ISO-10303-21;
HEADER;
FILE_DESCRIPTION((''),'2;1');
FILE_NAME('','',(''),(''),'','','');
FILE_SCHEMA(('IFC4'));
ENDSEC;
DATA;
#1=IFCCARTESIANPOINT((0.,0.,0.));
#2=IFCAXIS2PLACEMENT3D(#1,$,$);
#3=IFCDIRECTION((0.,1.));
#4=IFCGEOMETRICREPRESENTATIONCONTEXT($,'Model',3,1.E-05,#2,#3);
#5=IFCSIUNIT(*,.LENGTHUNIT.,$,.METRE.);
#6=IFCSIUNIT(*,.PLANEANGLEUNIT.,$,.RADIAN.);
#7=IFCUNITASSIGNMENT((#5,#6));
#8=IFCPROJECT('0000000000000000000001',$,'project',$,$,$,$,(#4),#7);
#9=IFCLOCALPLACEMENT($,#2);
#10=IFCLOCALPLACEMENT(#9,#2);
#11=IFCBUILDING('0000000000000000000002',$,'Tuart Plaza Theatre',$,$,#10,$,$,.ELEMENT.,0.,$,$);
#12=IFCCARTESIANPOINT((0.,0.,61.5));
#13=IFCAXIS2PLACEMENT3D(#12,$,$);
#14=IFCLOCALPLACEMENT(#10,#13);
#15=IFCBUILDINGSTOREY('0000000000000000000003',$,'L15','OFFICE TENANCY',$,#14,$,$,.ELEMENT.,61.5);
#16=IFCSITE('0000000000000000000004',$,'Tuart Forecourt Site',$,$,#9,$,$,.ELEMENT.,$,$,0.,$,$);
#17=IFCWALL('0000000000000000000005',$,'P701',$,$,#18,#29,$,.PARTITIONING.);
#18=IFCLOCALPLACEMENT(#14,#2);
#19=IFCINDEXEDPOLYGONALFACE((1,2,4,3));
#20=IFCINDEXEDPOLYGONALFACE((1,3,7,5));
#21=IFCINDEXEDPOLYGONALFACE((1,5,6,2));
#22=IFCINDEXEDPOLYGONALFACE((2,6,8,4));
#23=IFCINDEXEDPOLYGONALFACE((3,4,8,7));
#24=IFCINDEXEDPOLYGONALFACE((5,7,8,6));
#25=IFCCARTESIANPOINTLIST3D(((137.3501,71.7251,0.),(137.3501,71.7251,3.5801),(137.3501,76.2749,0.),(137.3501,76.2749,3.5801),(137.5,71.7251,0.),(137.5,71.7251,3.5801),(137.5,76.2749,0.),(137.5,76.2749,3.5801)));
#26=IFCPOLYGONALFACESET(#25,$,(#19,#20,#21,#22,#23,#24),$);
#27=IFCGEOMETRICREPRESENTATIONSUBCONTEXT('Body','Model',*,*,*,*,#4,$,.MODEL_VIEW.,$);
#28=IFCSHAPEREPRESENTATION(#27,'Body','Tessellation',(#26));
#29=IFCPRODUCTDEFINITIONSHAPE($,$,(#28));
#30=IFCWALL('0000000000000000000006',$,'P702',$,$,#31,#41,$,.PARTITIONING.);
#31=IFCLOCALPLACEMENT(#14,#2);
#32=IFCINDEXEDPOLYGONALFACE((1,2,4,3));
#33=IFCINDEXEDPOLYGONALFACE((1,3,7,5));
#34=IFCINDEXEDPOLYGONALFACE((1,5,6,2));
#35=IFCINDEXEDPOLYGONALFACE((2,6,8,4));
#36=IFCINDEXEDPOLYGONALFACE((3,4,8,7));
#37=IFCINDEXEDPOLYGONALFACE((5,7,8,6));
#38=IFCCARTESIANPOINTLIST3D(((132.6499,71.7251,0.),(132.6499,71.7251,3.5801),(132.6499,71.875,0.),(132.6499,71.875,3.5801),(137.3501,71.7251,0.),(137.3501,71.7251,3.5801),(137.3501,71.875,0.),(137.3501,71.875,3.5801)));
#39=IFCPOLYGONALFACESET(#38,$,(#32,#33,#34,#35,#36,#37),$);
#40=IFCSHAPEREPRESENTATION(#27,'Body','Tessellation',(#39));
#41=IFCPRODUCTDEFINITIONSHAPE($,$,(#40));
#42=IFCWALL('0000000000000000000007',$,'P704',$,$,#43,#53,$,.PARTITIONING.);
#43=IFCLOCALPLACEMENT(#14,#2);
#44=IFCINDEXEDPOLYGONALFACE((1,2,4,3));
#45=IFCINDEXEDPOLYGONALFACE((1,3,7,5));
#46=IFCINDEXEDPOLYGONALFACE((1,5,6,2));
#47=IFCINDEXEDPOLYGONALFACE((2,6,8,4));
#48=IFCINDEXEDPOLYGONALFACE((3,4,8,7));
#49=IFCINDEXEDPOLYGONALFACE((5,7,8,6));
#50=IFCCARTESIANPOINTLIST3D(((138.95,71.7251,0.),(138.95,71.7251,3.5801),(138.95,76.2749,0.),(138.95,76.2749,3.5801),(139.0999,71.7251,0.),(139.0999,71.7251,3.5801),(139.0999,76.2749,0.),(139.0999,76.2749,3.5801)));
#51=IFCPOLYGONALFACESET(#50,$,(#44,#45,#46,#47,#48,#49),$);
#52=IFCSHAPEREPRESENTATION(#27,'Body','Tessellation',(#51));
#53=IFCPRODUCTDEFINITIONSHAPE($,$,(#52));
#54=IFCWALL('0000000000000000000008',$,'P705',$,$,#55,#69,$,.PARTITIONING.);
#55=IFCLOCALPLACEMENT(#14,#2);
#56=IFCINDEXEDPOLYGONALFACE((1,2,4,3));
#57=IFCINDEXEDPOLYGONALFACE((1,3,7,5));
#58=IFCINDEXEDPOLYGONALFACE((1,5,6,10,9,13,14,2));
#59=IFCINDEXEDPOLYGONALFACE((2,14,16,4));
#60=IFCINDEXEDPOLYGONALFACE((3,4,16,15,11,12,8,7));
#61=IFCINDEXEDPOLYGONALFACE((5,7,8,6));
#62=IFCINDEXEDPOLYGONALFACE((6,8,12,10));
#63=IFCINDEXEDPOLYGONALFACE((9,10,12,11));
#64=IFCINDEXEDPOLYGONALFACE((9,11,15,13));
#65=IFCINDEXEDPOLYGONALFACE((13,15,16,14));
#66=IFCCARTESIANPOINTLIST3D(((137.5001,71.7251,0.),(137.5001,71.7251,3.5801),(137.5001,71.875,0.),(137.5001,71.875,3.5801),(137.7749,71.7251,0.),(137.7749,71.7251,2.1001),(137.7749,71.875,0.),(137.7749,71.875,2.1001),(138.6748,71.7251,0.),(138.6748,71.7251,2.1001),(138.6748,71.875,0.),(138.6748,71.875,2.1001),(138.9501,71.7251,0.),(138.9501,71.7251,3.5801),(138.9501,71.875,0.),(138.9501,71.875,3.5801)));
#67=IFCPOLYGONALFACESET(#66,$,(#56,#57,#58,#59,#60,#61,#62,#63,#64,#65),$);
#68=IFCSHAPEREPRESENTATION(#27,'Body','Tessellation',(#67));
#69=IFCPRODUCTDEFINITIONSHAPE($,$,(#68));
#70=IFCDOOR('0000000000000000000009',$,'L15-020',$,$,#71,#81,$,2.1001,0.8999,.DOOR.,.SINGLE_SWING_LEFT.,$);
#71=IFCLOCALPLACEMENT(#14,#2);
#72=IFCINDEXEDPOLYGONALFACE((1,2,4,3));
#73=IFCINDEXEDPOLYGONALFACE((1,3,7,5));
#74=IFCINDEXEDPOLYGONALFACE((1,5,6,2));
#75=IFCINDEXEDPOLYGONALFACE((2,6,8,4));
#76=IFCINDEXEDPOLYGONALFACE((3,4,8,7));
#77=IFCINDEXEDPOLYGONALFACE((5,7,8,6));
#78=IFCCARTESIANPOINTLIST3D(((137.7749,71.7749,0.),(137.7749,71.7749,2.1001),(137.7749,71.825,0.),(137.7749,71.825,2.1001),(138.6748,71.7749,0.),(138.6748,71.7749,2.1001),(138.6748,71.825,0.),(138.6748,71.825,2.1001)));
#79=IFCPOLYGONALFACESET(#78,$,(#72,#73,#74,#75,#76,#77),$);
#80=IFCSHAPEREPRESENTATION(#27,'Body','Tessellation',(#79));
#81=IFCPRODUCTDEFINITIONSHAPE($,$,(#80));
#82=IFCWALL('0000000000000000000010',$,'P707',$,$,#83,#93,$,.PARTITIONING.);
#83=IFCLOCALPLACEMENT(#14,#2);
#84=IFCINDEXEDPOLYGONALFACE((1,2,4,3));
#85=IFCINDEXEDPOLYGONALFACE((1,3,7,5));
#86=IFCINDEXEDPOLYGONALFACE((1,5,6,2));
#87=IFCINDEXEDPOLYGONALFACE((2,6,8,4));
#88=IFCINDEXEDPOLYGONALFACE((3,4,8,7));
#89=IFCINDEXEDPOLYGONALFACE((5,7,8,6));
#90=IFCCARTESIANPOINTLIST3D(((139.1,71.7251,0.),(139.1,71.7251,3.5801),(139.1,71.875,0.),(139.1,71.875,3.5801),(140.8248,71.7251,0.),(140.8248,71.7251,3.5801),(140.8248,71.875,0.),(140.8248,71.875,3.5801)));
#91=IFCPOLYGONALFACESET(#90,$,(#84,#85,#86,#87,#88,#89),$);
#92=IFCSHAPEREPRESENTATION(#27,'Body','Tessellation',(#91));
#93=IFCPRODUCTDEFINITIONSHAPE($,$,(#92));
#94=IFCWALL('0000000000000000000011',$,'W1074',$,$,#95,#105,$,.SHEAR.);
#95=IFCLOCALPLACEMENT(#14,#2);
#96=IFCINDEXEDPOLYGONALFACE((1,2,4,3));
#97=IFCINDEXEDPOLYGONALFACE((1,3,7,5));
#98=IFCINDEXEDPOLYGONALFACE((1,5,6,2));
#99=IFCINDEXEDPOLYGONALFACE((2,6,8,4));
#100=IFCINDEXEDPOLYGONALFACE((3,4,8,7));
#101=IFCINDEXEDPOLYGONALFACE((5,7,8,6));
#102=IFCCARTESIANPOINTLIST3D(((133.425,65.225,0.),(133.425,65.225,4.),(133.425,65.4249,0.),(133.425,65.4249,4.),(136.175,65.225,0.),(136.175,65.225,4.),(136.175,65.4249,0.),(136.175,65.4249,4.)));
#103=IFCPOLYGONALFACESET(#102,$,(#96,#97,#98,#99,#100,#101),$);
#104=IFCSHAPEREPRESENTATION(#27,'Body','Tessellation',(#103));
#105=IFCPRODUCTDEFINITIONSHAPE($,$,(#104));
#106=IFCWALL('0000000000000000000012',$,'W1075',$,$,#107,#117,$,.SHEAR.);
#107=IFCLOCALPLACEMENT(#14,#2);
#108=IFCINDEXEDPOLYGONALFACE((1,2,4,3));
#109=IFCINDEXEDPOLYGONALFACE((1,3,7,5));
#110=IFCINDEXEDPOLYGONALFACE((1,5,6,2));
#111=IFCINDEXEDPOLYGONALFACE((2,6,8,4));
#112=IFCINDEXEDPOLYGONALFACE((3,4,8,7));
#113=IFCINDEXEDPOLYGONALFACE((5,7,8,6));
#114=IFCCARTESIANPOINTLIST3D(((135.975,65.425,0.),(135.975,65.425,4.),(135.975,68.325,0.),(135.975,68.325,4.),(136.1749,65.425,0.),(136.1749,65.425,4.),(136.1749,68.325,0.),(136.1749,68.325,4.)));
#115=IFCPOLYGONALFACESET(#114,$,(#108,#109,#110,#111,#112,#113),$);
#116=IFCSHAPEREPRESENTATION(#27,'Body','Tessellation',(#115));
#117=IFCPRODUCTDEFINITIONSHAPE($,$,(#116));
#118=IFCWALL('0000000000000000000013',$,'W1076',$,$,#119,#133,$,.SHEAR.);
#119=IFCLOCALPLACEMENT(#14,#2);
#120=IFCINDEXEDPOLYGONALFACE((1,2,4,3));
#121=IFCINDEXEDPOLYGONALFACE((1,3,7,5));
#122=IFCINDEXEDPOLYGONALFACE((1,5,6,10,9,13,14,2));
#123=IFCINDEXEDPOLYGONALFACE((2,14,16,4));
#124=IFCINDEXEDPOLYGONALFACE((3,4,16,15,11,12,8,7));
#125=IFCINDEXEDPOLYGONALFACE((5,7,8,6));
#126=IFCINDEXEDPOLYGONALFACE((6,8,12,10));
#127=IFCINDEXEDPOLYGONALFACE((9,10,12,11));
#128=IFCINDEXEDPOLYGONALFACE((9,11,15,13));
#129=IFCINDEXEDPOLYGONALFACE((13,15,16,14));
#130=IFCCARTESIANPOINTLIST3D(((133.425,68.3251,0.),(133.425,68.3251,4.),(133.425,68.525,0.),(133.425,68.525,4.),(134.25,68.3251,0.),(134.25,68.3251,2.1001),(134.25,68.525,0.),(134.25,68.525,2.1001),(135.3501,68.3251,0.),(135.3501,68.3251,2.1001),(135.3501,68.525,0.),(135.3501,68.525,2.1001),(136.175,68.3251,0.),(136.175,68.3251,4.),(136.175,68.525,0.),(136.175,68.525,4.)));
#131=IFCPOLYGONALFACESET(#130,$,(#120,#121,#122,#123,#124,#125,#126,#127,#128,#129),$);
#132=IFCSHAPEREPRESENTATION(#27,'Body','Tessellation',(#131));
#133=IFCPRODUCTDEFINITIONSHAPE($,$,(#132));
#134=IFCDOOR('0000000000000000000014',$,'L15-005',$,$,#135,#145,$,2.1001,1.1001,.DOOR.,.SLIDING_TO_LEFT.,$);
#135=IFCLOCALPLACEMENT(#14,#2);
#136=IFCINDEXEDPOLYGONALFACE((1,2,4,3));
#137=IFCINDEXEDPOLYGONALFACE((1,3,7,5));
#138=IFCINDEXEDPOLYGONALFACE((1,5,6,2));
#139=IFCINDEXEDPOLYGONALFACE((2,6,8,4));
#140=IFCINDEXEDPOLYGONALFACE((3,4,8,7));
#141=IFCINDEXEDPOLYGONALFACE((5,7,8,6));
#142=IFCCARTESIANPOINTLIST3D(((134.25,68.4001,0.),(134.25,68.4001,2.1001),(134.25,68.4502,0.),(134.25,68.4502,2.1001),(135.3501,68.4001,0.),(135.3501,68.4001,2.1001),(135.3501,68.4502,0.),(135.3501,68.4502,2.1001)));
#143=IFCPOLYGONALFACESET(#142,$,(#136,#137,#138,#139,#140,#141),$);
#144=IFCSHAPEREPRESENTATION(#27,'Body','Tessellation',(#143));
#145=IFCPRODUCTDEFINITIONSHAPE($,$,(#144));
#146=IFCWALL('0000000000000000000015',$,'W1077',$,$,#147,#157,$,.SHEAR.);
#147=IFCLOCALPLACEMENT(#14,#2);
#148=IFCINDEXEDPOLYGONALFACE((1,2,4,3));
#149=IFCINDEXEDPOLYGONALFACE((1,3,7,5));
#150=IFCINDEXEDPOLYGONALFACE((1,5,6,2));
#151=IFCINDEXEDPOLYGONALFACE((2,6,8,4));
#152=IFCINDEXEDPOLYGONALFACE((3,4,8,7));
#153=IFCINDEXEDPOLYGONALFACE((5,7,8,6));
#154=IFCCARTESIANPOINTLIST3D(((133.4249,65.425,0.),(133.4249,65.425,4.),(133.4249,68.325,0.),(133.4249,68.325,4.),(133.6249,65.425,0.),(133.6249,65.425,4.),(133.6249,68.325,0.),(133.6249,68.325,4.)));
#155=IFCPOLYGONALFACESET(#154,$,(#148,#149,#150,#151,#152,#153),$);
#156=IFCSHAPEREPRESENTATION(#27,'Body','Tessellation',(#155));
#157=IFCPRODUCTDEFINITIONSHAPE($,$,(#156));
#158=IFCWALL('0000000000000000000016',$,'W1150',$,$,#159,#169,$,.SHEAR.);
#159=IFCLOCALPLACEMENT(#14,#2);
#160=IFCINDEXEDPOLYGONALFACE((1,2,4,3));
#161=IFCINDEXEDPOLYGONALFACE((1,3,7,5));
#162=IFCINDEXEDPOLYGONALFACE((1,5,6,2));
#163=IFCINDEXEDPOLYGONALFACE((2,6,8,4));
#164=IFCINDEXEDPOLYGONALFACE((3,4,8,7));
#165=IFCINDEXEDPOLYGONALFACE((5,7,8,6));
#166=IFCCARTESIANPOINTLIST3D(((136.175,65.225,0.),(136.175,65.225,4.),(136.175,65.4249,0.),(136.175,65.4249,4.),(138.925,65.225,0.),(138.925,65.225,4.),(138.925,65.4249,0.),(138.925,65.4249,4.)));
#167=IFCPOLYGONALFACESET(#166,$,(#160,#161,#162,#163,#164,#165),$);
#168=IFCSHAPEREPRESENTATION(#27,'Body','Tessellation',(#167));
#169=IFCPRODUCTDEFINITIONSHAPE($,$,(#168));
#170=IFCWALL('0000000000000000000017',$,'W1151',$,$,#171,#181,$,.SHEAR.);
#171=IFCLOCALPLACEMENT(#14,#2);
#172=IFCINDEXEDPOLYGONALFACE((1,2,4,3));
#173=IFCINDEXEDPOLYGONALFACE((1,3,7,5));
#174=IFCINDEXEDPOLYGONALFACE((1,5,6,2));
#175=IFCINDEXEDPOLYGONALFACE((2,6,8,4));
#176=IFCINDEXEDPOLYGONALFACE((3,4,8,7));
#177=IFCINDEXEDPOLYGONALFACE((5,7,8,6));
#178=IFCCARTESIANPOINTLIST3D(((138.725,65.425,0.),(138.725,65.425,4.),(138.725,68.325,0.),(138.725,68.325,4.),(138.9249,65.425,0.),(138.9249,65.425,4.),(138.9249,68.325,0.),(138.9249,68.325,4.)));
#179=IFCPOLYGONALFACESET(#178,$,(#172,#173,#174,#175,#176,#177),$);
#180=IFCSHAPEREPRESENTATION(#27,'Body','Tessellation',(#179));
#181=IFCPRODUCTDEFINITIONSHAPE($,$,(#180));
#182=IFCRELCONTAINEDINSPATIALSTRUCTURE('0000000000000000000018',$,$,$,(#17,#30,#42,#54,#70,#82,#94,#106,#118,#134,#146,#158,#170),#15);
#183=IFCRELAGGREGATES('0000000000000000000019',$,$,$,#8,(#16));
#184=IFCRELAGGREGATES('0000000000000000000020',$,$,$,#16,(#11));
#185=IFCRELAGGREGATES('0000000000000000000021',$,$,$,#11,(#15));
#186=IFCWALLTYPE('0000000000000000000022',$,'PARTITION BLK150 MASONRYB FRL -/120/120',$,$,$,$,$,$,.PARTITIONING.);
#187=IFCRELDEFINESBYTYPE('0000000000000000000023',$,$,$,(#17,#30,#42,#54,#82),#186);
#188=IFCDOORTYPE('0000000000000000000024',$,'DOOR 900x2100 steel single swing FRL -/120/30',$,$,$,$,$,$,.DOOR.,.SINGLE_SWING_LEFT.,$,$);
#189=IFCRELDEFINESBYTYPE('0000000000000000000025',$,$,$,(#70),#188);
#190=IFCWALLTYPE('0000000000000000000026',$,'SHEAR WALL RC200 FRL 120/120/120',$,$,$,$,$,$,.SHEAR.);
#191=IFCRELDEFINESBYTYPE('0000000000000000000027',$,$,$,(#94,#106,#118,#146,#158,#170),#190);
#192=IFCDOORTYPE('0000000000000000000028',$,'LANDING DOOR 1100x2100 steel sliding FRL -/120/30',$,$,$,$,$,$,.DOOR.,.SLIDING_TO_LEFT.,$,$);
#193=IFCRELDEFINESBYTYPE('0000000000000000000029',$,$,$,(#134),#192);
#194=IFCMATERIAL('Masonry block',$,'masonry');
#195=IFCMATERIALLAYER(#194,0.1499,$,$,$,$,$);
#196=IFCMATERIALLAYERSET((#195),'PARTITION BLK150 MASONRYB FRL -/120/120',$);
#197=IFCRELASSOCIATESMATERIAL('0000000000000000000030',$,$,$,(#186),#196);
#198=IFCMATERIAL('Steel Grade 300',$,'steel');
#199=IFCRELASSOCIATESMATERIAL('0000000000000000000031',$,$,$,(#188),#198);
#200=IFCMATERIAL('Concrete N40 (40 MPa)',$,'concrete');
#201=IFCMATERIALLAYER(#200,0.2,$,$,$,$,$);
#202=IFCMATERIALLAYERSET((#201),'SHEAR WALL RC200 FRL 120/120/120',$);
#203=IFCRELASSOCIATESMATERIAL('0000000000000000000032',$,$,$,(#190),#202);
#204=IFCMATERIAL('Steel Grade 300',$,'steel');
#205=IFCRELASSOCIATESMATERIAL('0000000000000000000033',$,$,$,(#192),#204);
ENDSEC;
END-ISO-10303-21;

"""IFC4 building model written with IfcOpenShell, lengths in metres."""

from ifc_helpers import new_model, si_unit, direction, frame, frame_2d, origin, place, context, subcontext, project, spatial, rectangle, extrude, material, layer, layer_set, type_object, element, fill, save


model = new_model("IFC4")

# Units and contexts
model_context = context("Model", 3, precision=1e-05, world=origin(), true_north=direction((0.0, 1.0)))
body_context = subcontext(model_context, "Body", "Model", "MODEL_VIEW")
ifc_project = project(units=[si_unit("LENGTHUNIT", "METRE"), si_unit("PLANEANGLEUNIT", "RADIAN")], contexts=[model_context])

# Site, building, storey
site_placement = place(None, origin())
site = spatial("IfcSite", under=ifc_project, at=site_placement, Name="Tuart Forecourt Site", CompositionType="ELEMENT", RefElevation=0.0)
building_placement = place(site_placement, origin())
building = spatial("IfcBuilding", under=site, at=building_placement, Name="Tuart Plaza Theatre", CompositionType="ELEMENT", ElevationOfRefHeight=0.0)
storey_placement = place(building_placement, frame((0.0, 0.0, 61.5)))
storey = spatial("IfcBuildingStorey", under=building, at=storey_placement, Name="L15", Description="OFFICE TENANCY", CompositionType="ELEMENT", Elevation=61.5)

# Walls
ifc_material_1 = material(Name="Masonry block", Category="masonry")
ifc_layer_1 = layer(ifc_material_1, 0.1499)
ifc_layer_set_1 = layer_set([ifc_layer_1], Name="PARTITION BLK150 MASONRYB FRL -/120/120")
wall_type_1 = type_object("IfcWallType", Name="PARTITION BLK150 MASONRYB FRL -/120/120", PredefinedType="PARTITIONING", material=ifc_layer_set_1)
for number, where, z_axis, x_axis, name in (
    (1, (137.425, 71.7251, 0.0), (0.0, 0.0, 1.0), (0.0, 1.0, 0.0), "P701"),
):
    element("IfcWall", number, at=place(storey_placement, frame(where, z_axis=z_axis, x_axis=x_axis)), inside=storey, type_object=wall_type_1, Name=name, PredefinedType="PARTITIONING", context=body_context, shape_type="SweptSolid", body=[
        extrude(rectangle(XDim=4.5498, YDim=0.1499, at=frame_2d((2.2749, 0.0))), origin(), (0.0, 0.0, 1.0), 3.5801),
    ])
wall_1_placement = place(storey_placement, frame((132.6499, 71.8, 0.0), z_axis=(0.0, 0.0, 1.0), x_axis=(1.0, 0.0, 0.0)))
element("IfcWall", 2, at=wall_1_placement, inside=storey, type_object=wall_type_1, Name="P702", PredefinedType="PARTITIONING", context=body_context, shape_type="SweptSolid", body=[
    extrude(rectangle(XDim=4.7002, YDim=0.1499, at=frame_2d((2.3501, 0.0))), origin(), (0.0, 0.0, 1.0), 3.5801),
])
wall_2_placement = place(storey_placement, frame((139.0249, 71.7251, 0.0), z_axis=(0.0, 0.0, 1.0), x_axis=(0.0, 1.0, 0.0)))
element("IfcWall", 3, at=wall_2_placement, inside=storey, type_object=wall_type_1, Name="P704", PredefinedType="PARTITIONING", context=body_context, shape_type="SweptSolid", body=[
    extrude(rectangle(XDim=4.5498, YDim=0.1499, at=frame_2d((2.2749, 0.0))), origin(), (0.0, 0.0, 1.0), 3.5801),
])

# Wall, opening, door
wall_3_placement = place(storey_placement, frame((137.5, 71.8, 0.0), z_axis=(0.0, 0.0, 1.0), x_axis=(1.0, 0.0, 0.0)))
wall_3 = element("IfcWall", 4, at=wall_3_placement, inside=storey, type_object=wall_type_1, Name="P705", PredefinedType="PARTITIONING", context=body_context, shape_type="SweptSolid", body=[
    extrude(rectangle(XDim=1.45, YDim=0.1499, at=frame_2d((0.7251, 0.0))), origin(), (0.0, 0.0, 1.0), 3.5801),
])
opening_1_placement = place(wall_3_placement, frame((0.2749, 0.0, 0.0)))
opening_1 = element("IfcOpeningElement", 5, at=opening_1_placement, cuts=wall_3, PredefinedType="OPENING", context=body_context, shape_type="SweptSolid", body=[
    extrude(rectangle(XDim=0.8999, YDim=2.1001, at=frame_2d((0.45, 1.05))), frame((0.0, 0.085, 0.0), z_axis=(0.0, -1.0, 0.0), x_axis=(1.0, 0.0, 0.0)), (0.0, 0.0, 1.0), 0.1699),
])
ifc_material_2 = material(Name="Steel Grade 300", Category="steel")
door_type_1 = type_object("IfcDoorType", Name="DOOR 900x2100 steel single swing FRL -/120/30", OperationType="SINGLE_SWING_LEFT", PredefinedType="DOOR", material=ifc_material_2)
door_1_placement = place(opening_1_placement, origin())
door_1 = element("IfcDoor", 6, at=door_1_placement, inside=storey, type_object=door_type_1, Name="L15-020", OperationType="SINGLE_SWING_LEFT", OverallHeight=2.1001, OverallWidth=0.8999, PredefinedType="DOOR", context=body_context, shape_type="SweptSolid", body=[
    extrude(rectangle(XDim=0.8999, YDim=2.1001, at=frame_2d((0.45, 1.05))), frame((0.0, 0.0249, 0.0), z_axis=(0.0, -1.0, 0.0), x_axis=(1.0, 0.0, 0.0)), (0.0, 0.0, 1.0), 0.05),
])
fill(opening_1, door_1)

# Walls
wall_4_placement = place(storey_placement, frame((139.1001, 71.8, 0.0), z_axis=(0.0, 0.0, 1.0), x_axis=(1.0, 0.0, 0.0)))
element("IfcWall", 7, at=wall_4_placement, inside=storey, type_object=wall_type_1, Name="P707", PredefinedType="PARTITIONING", context=body_context, shape_type="SweptSolid", body=[
    extrude(rectangle(XDim=1.7249, YDim=0.1499, at=frame_2d((0.8623, 0.0))), origin(), (0.0, 0.0, 1.0), 3.5801),
])
ifc_material_3 = material(Name="Concrete N40 (40 MPa)", Category="concrete")
ifc_layer_2 = layer(ifc_material_3, 0.2)
ifc_layer_set_2 = layer_set([ifc_layer_2], Name="SHEAR WALL RC200 FRL 120/120/120")
wall_type_2 = type_object("IfcWallType", Name="SHEAR WALL RC200 FRL 120/120/120", PredefinedType="SHEAR", material=ifc_layer_set_2)
wall_5_placement = place(storey_placement, frame((133.425, 65.325, 0.0), z_axis=(0.0, 0.0, 1.0), x_axis=(1.0, 0.0, 0.0)))
element("IfcWall", 8, at=wall_5_placement, inside=storey, type_object=wall_type_2, Name="W1074", PredefinedType="SHEAR", context=body_context, shape_type="SweptSolid", body=[
    extrude(rectangle(XDim=2.75, YDim=0.2, at=frame_2d((1.375, 0.0))), origin(), (0.0, 0.0, 1.0), 4.0),
])
wall_6_placement = place(storey_placement, frame((136.075, 65.425, 0.0), z_axis=(0.0, 0.0, 1.0), x_axis=(0.0, 1.0, 0.0)))
element("IfcWall", 9, at=wall_6_placement, inside=storey, type_object=wall_type_2, Name="W1075", PredefinedType="SHEAR", context=body_context, shape_type="SweptSolid", body=[
    extrude(rectangle(XDim=2.8999, YDim=0.2, at=frame_2d((1.45, 0.0))), origin(), (0.0, 0.0, 1.0), 4.0),
])

# Wall, opening, door
wall_7_placement = place(storey_placement, frame((136.175, 68.425, 0.0), z_axis=(0.0, 0.0, 1.0), x_axis=(-1.0, 0.0, 0.0)))
wall_7 = element("IfcWall", 10, at=wall_7_placement, inside=storey, type_object=wall_type_2, Name="W1076", PredefinedType="SHEAR", context=body_context, shape_type="SweptSolid", body=[
    extrude(rectangle(XDim=2.75, YDim=0.2, at=frame_2d((1.375, 0.0))), origin(), (0.0, 0.0, 1.0), 4.0),
])
opening_2_placement = place(wall_7_placement, frame((0.825, 0.0, 0.0)))
opening_2 = element("IfcOpeningElement", 11, at=opening_2_placement, cuts=wall_7, PredefinedType="OPENING", context=body_context, shape_type="SweptSolid", body=[
    extrude(rectangle(XDim=1.1001, YDim=2.1001, at=frame_2d((0.55, 1.05))), frame((0.0, 0.1099, 0.0), z_axis=(0.0, -1.0, 0.0), x_axis=(1.0, 0.0, 0.0)), (0.0, 0.0, 1.0), 0.22),
])
ifc_material_4 = material(Name="Steel Grade 300", Category="steel")
door_type_2 = type_object("IfcDoorType", Name="LANDING DOOR 1100x2100 steel sliding FRL -/120/30", OperationType="SLIDING_TO_LEFT", PredefinedType="DOOR", material=ifc_material_4)
door_2_placement = place(opening_2_placement, origin())
door_2 = element("IfcDoor", 12, at=door_2_placement, inside=storey, type_object=door_type_2, Name="L15-005", OperationType="SLIDING_TO_LEFT", OverallHeight=2.1001, OverallWidth=1.1001, PredefinedType="DOOR", context=body_context, shape_type="SweptSolid", body=[
    extrude(rectangle(XDim=1.1001, YDim=2.1001, at=frame_2d((0.55, 1.05))), frame((0.0, 0.0249, 0.0), z_axis=(0.0, -1.0, 0.0), x_axis=(1.0, 0.0, 0.0)), (0.0, 0.0, 1.0), 0.05),
])
fill(opening_2, door_2)

# Walls
wall_8_placement = place(storey_placement, frame((133.5249, 68.325, 0.0), z_axis=(0.0, 0.0, 1.0), x_axis=(0.0, -1.0, 0.0)))
element("IfcWall", 13, at=wall_8_placement, inside=storey, type_object=wall_type_2, Name="W1077", PredefinedType="SHEAR", context=body_context, shape_type="SweptSolid", body=[
    extrude(rectangle(XDim=2.8999, YDim=0.2, at=frame_2d((1.45, 0.0))), origin(), (0.0, 0.0, 1.0), 4.0),
])
wall_9_placement = place(storey_placement, frame((136.175, 65.325, 0.0), z_axis=(0.0, 0.0, 1.0), x_axis=(1.0, 0.0, 0.0)))
element("IfcWall", 14, at=wall_9_placement, inside=storey, type_object=wall_type_2, Name="W1150", PredefinedType="SHEAR", context=body_context, shape_type="SweptSolid", body=[
    extrude(rectangle(XDim=2.75, YDim=0.2, at=frame_2d((1.375, 0.0))), origin(), (0.0, 0.0, 1.0), 4.0),
])
wall_10_placement = place(storey_placement, frame((138.825, 65.425, 0.0), z_axis=(0.0, 0.0, 1.0), x_axis=(0.0, 1.0, 0.0)))
element("IfcWall", 15, at=wall_10_placement, inside=storey, type_object=wall_type_2, Name="W1151", PredefinedType="SHEAR", context=body_context, shape_type="SweptSolid", body=[
    extrude(rectangle(XDim=2.8999, YDim=0.2, at=frame_2d((1.45, 0.0))), origin(), (0.0, 0.0, 1.0), 4.0),
])

save(model, "model.ifc")
